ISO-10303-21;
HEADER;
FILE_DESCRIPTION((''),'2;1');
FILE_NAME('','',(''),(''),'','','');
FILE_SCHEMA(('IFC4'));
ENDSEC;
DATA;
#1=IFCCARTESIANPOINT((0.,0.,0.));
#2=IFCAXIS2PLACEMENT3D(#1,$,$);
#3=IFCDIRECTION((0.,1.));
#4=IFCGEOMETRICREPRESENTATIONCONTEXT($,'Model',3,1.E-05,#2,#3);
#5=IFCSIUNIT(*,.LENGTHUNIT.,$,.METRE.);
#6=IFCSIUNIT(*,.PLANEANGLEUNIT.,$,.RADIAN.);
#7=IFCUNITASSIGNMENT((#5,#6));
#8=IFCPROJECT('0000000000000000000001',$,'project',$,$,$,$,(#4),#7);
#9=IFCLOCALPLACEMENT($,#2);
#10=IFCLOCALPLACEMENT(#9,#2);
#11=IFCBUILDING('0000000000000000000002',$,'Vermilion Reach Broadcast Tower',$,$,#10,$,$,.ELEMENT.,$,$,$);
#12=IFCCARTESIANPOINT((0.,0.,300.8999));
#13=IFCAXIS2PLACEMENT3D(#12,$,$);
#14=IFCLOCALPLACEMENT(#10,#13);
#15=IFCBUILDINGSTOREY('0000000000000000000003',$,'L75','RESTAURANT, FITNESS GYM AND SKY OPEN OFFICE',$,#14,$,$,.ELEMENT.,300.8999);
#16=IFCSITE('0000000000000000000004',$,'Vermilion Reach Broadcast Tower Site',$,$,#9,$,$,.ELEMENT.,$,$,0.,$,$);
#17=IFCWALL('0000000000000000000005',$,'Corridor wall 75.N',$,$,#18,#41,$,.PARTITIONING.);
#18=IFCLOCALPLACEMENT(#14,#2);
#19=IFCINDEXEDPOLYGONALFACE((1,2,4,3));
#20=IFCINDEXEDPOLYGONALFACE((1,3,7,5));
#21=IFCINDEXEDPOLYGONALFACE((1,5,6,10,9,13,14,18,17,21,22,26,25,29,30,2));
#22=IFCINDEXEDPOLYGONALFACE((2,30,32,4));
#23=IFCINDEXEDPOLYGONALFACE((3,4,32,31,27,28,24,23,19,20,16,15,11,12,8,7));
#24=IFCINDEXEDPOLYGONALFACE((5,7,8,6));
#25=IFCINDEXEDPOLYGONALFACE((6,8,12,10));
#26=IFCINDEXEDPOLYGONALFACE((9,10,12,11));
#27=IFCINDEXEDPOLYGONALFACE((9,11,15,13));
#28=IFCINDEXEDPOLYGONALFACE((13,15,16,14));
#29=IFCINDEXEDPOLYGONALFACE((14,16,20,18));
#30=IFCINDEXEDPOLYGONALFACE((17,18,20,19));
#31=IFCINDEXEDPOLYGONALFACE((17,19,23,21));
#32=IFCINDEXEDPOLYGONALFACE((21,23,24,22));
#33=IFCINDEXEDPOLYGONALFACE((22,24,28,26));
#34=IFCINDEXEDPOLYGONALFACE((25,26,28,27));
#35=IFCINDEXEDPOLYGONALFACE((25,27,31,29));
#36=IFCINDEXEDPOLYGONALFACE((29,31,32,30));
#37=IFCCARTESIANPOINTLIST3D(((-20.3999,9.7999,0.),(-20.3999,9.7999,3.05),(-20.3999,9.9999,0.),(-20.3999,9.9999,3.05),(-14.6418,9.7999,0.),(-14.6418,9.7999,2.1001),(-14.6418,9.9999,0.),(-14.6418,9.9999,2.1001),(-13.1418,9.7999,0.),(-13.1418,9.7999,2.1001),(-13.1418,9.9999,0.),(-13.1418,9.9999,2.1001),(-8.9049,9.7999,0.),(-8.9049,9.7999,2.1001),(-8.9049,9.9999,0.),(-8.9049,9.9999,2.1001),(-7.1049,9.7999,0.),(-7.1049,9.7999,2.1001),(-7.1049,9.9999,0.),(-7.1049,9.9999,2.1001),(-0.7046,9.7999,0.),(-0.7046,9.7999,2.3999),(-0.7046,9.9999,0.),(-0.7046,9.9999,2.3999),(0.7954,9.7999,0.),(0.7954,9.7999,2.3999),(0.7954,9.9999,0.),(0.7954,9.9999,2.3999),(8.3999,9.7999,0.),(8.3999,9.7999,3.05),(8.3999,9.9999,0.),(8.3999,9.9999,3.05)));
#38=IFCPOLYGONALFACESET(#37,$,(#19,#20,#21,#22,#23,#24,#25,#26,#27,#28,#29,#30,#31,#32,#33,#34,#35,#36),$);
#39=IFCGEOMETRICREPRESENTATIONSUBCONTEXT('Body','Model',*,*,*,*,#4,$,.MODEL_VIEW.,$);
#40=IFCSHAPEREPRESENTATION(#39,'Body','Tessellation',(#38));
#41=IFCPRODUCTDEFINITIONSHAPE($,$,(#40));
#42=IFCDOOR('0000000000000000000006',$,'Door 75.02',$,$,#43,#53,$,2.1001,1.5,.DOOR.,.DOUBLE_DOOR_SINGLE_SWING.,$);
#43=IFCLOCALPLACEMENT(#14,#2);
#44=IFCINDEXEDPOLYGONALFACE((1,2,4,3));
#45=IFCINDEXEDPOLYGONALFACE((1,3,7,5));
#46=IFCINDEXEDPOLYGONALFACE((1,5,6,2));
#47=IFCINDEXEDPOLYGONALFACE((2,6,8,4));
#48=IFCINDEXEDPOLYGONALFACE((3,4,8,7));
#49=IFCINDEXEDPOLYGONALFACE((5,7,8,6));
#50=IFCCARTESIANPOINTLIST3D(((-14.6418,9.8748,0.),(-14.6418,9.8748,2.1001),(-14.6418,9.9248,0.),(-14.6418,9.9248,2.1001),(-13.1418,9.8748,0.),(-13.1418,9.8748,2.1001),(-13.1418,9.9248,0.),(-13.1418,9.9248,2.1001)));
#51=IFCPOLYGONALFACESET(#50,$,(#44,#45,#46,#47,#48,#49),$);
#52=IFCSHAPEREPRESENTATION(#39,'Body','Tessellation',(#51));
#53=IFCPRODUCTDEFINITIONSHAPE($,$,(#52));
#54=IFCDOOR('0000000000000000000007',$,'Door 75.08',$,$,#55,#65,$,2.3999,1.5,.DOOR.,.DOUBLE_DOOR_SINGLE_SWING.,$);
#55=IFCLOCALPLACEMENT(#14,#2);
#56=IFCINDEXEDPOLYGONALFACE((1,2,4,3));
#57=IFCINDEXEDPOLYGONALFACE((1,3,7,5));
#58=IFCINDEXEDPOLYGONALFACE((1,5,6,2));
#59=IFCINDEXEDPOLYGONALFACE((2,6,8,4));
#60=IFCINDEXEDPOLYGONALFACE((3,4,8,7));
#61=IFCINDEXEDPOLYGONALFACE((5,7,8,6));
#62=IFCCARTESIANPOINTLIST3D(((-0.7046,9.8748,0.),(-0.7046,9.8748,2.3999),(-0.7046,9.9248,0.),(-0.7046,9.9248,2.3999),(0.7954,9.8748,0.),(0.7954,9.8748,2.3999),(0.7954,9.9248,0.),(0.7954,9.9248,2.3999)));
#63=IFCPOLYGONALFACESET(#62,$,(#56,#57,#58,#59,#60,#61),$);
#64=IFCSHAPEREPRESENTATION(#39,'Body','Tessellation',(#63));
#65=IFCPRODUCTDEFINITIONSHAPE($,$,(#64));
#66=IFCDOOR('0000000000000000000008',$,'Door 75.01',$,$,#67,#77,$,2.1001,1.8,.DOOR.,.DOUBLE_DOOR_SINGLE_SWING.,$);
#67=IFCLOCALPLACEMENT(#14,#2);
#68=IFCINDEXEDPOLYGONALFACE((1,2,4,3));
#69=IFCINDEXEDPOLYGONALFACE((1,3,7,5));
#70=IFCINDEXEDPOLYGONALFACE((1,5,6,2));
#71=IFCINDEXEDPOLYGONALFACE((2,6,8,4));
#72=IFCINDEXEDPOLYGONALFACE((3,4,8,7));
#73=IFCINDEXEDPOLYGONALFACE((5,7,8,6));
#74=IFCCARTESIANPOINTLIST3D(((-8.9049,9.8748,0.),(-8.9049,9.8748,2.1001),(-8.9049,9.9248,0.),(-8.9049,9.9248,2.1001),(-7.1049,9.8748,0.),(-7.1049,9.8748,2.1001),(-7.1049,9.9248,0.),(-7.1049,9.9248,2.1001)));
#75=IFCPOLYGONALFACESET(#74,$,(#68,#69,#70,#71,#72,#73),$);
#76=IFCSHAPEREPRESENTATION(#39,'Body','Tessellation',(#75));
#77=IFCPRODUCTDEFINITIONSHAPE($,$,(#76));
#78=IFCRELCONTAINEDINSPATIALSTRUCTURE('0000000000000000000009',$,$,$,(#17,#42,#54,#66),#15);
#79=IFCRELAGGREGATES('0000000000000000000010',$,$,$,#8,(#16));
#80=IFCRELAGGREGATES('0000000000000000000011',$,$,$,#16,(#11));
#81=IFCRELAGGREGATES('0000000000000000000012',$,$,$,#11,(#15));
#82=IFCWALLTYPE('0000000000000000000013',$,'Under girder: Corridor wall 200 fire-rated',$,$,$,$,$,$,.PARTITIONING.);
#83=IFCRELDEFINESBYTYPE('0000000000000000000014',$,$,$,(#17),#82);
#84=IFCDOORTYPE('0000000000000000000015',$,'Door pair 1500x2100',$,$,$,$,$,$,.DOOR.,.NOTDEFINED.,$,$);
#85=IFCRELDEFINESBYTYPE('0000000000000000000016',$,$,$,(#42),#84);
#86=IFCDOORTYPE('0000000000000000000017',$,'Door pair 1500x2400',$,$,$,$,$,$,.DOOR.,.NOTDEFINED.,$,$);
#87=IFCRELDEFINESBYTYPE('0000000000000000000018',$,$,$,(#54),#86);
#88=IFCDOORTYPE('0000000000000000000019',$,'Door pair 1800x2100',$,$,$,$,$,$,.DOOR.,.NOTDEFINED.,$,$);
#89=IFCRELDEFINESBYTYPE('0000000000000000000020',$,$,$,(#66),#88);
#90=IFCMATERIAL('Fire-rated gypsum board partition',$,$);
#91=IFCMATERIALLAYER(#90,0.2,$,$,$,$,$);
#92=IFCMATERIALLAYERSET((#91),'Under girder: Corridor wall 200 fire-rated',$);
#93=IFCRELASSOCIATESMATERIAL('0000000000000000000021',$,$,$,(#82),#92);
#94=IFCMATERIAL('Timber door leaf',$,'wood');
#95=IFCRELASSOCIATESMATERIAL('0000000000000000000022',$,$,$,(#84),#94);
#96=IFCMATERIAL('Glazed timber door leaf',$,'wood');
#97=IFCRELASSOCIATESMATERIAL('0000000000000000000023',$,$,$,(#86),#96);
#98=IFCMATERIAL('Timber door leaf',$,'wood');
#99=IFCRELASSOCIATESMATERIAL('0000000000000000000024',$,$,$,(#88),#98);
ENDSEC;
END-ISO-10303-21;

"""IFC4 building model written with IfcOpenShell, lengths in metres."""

from ifc_helpers import new_model, si_unit, direction, frame, frame_2d, origin, place, context, subcontext, project, spatial, rectangle, extrude, material, layer, layer_set, type_object, element, fill, save


model = new_model("IFC4")

# Units and contexts
model_context = context("Model", 3, precision=1e-05, world=origin(), true_north=direction((0.0, 1.0)))
body_context = subcontext(model_context, "Body", "Model", "MODEL_VIEW")
ifc_project = project(units=[si_unit("LENGTHUNIT", "METRE"), si_unit("PLANEANGLEUNIT", "RADIAN")], contexts=[model_context])

# Site, building, storey
site_placement = place(None, origin())
site = spatial("IfcSite", under=ifc_project, at=site_placement, Name="Vermilion Reach Broadcast Tower Site", CompositionType="ELEMENT", RefElevation=0.0)
building_placement = place(site_placement, origin())
building = spatial("IfcBuilding", under=site, at=building_placement, Name="Vermilion Reach Broadcast Tower", CompositionType="ELEMENT")
storey_placement = place(building_placement, frame((0.0, 0.0, 300.8999)))
storey = spatial("IfcBuildingStorey", under=building, at=storey_placement, Name="L75", Description="RESTAURANT, FITNESS GYM AND SKY OPEN OFFICE", CompositionType="ELEMENT", Elevation=300.8999)

# Wall, openings, doors
ifc_material_1 = material(Name="Fire-rated gypsum board partition")
ifc_layer_1 = layer(ifc_material_1, 0.2)
ifc_layer_set_1 = layer_set([ifc_layer_1], Name="Under girder: Corridor wall 200 fire-rated")
wall_type_1 = type_object("IfcWallType", Name="Under girder: Corridor wall 200 fire-rated", PredefinedType="PARTITIONING", material=ifc_layer_set_1)
wall_1_placement = place(storey_placement, frame((-20.3999, 9.8999, 0.0), z_axis=(0.0, 0.0, 1.0), x_axis=(1.0, 0.0, 0.0)))
wall_1 = element("IfcWall", 1, at=wall_1_placement, inside=storey, type_object=wall_type_1, Name="Corridor wall 75.N", PredefinedType="PARTITIONING", context=body_context, shape_type="SweptSolid", body=[
    extrude(rectangle(XDim=28.7998, YDim=0.2, at=frame_2d((14.3999, 0.0))), origin(), (0.0, 0.0, 1.0), 3.05),
])
opening_1_placement = place(wall_1_placement, frame((11.4951, 0.0, 0.0)))
opening_1 = element("IfcOpeningElement", 2, at=opening_1_placement, cuts=wall_1, PredefinedType="OPENING", context=body_context, shape_type="SweptSolid", body=[
    extrude(rectangle(XDim=1.8, YDim=2.1001, at=frame_2d((0.8999, 1.05))), frame((0.0, 0.1099, 0.0), z_axis=(0.0, -1.0, 0.0), x_axis=(1.0, 0.0, 0.0)), (0.0, 0.0, 1.0), 0.22),
])
opening_2_placement = place(wall_1_placement, frame((5.7581, 0.0, 0.0)))
opening_2 = element("IfcOpeningElement", 3, at=opening_2_placement, cuts=wall_1, PredefinedType="OPENING", context=body_context, shape_type="SweptSolid", body=[
    extrude(rectangle(XDim=1.5, YDim=2.1001, at=frame_2d((0.75, 1.05))), frame((0.0, 0.1099, 0.0), z_axis=(0.0, -1.0, 0.0), x_axis=(1.0, 0.0, 0.0)), (0.0, 0.0, 1.0), 0.22),
])
opening_3_placement = place(wall_1_placement, frame((19.6953, 0.0, 0.0)))
opening_3 = element("IfcOpeningElement", 4, at=opening_3_placement, cuts=wall_1, PredefinedType="OPENING", context=body_context, shape_type="SweptSolid", body=[
    extrude(rectangle(XDim=1.5, YDim=2.3999, at=frame_2d((0.75, 1.2))), frame((0.0, 0.1099, 0.0), z_axis=(0.0, -1.0, 0.0), x_axis=(1.0, 0.0, 0.0)), (0.0, 0.0, 1.0), 0.22),
])
ifc_material_2 = material(Name="Timber door leaf", Category="wood")
door_type_1 = type_object("IfcDoorType", Name="Door pair 1500x2100", OperationType="NOTDEFINED", PredefinedType="DOOR", material=ifc_material_2)
door_1_placement = place(opening_2_placement, origin())
door_1 = element("IfcDoor", 5, at=door_1_placement, inside=storey, type_object=door_type_1, Name="Door 75.02", OperationType="DOUBLE_DOOR_SINGLE_SWING", OverallHeight=2.1001, OverallWidth=1.5, PredefinedType="DOOR", context=body_context, shape_type="SweptSolid", body=[
    extrude(rectangle(XDim=1.5, YDim=2.1001, at=frame_2d((0.75, 1.05))), frame((0.0, 0.0249, 0.0), z_axis=(0.0, -1.0, 0.0), x_axis=(1.0, 0.0, 0.0)), (0.0, 0.0, 1.0), 0.05),
])
fill(opening_2, door_1)
ifc_material_3 = material(Name="Glazed timber door leaf", Category="wood")
door_type_2 = type_object("IfcDoorType", Name="Door pair 1500x2400", OperationType="NOTDEFINED", PredefinedType="DOOR", material=ifc_material_3)
door_2_placement = place(opening_3_placement, origin())
door_2 = element("IfcDoor", 6, at=door_2_placement, inside=storey, type_object=door_type_2, Name="Door 75.08", OperationType="DOUBLE_DOOR_SINGLE_SWING", OverallHeight=2.3999, OverallWidth=1.5, PredefinedType="DOOR", context=body_context, shape_type="SweptSolid", body=[
    extrude(rectangle(XDim=1.5, YDim=2.3999, at=frame_2d((0.75, 1.2))), frame((0.0, 0.0249, 0.0), z_axis=(0.0, -1.0, 0.0), x_axis=(1.0, 0.0, 0.0)), (0.0, 0.0, 1.0), 0.05),
])
fill(opening_3, door_2)
ifc_material_4 = material(Name="Timber door leaf", Category="wood")
door_type_3 = type_object("IfcDoorType", Name="Door pair 1800x2100", OperationType="NOTDEFINED", PredefinedType="DOOR", material=ifc_material_4)
door_3_placement = place(opening_1_placement, origin())
door_3 = element("IfcDoor", 7, at=door_3_placement, inside=storey, type_object=door_type_3, Name="Door 75.01", OperationType="DOUBLE_DOOR_SINGLE_SWING", OverallHeight=2.1001, OverallWidth=1.8, PredefinedType="DOOR", context=body_context, shape_type="SweptSolid", body=[
    extrude(rectangle(XDim=1.8, YDim=2.1001, at=frame_2d((0.8999, 1.05))), frame((0.0, 0.0249, 0.0), z_axis=(0.0, -1.0, 0.0), x_axis=(1.0, 0.0, 0.0)), (0.0, 0.0, 1.0), 0.05),
])
fill(opening_1, door_3)

save(model, "model.ifc")
